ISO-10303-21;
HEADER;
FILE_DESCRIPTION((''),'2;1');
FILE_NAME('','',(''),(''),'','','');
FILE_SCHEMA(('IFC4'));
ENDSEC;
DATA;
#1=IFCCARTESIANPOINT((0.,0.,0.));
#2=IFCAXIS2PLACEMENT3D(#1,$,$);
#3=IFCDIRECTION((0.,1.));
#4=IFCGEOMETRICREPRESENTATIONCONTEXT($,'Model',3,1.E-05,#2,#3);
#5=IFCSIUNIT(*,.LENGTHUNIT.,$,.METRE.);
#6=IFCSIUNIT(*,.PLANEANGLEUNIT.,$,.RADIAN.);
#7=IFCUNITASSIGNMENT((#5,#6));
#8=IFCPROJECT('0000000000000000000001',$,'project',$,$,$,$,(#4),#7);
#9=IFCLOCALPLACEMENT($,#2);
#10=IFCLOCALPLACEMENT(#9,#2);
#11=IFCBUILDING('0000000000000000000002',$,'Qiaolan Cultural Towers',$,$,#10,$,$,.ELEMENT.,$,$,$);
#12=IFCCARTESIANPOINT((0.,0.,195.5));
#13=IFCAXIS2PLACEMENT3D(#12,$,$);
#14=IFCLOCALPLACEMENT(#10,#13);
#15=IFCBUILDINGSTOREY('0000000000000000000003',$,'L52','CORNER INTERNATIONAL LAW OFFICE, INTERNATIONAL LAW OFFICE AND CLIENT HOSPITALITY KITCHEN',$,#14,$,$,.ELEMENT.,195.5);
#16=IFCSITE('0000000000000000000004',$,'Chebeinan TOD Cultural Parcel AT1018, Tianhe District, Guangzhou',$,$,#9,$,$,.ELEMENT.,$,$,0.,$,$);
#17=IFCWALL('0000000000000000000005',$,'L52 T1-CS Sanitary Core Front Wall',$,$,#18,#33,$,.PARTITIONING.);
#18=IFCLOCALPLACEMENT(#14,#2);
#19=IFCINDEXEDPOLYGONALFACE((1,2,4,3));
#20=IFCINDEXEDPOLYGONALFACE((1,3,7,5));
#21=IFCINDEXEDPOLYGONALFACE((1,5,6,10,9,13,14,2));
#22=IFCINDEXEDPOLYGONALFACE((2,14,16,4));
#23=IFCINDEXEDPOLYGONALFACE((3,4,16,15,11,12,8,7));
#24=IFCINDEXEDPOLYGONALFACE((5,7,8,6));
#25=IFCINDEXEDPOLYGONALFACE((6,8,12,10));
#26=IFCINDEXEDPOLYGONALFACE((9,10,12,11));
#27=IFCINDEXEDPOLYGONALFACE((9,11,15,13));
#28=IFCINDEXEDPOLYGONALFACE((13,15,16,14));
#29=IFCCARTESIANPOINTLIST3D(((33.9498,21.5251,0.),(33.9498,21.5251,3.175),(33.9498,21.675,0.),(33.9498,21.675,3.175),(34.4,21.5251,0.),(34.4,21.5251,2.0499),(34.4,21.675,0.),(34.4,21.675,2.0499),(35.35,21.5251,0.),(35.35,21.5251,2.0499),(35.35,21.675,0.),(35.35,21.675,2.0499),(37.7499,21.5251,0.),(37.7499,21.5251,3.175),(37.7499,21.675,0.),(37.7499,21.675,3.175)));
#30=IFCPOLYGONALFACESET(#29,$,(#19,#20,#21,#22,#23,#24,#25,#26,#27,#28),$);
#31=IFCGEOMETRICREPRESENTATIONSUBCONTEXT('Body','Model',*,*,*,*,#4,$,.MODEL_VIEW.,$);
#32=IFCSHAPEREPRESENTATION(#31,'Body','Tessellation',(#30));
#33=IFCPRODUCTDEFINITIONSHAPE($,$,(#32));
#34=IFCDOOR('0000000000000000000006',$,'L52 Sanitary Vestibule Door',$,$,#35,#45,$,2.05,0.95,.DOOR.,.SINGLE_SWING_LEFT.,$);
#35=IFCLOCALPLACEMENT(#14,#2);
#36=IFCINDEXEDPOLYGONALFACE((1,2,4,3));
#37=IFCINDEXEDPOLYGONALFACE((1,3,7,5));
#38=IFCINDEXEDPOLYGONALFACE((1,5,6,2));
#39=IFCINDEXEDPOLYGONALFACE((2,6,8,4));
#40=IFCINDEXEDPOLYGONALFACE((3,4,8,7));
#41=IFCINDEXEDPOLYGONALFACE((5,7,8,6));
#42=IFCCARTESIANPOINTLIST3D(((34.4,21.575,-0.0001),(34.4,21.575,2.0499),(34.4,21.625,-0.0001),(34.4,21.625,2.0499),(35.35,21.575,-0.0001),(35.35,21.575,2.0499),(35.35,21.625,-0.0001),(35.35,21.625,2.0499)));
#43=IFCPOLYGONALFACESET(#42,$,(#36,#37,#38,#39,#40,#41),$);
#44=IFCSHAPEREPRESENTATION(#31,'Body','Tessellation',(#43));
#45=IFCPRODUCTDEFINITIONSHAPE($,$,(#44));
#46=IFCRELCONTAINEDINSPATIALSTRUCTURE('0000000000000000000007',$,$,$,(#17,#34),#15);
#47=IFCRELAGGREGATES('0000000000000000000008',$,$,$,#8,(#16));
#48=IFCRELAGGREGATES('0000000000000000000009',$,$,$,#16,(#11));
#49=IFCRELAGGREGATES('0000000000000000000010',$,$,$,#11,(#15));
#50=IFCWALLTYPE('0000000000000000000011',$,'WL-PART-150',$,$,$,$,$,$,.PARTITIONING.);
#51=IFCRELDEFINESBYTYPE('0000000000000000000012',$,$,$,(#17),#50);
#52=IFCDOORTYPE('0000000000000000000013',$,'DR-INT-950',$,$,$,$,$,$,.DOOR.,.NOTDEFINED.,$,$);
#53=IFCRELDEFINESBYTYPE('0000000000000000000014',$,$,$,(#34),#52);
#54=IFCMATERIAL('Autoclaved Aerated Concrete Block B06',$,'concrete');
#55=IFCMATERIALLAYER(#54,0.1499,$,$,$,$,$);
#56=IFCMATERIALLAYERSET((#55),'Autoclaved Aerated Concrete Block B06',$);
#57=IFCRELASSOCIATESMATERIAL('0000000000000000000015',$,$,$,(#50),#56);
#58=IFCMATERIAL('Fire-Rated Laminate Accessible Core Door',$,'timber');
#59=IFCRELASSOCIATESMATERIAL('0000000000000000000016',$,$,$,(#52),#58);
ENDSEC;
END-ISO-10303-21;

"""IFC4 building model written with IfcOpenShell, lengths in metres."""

from ifc_helpers import new_model, si_unit, direction, frame, frame_2d, origin, place, context, subcontext, project, spatial, rectangle, extrude, material, layer, layer_set, type_object, element, fill, save


model = new_model("IFC4")

# Units and contexts
model_context = context("Model", 3, precision=1e-05, world=origin(), true_north=direction((0.0, 1.0)))
body_context = subcontext(model_context, "Body", "Model", "MODEL_VIEW")
ifc_project = project(units=[si_unit("LENGTHUNIT", "METRE"), si_unit("PLANEANGLEUNIT", "RADIAN")], contexts=[model_context])

# Site, building, storey
site_placement = place(None, origin())
site = spatial("IfcSite", under=ifc_project, at=site_placement, Name="Chebeinan TOD Cultural Parcel AT1018, Tianhe District, Guangzhou", CompositionType="ELEMENT", RefElevation=0.0)
building_placement = place(site_placement, origin())
building = spatial("IfcBuilding", under=site, at=building_placement, Name="Qiaolan Cultural Towers", CompositionType="ELEMENT")
storey_placement = place(building_placement, frame((0.0, 0.0, 195.5)))
storey = spatial("IfcBuildingStorey", under=building, at=storey_placement, Name="L52", Description="CORNER INTERNATIONAL LAW OFFICE, INTERNATIONAL LAW OFFICE AND CLIENT HOSPITALITY KITCHEN", CompositionType="ELEMENT", Elevation=195.5)

# Wall, opening, door
ifc_material_1 = material(Name="Autoclaved Aerated Concrete Block B06", Category="concrete")
ifc_layer_1 = layer(ifc_material_1, 0.1499)
ifc_layer_set_1 = layer_set([ifc_layer_1], Name="Autoclaved Aerated Concrete Block B06")
wall_type_1 = type_object("IfcWallType", Name="WL-PART-150", PredefinedType="PARTITIONING", material=ifc_layer_set_1)
wall_1_placement = place(storey_placement, frame((33.95, 21.6001, 0.0), z_axis=(0.0, 0.0, 1.0), x_axis=(1.0, 0.0, 0.0)))
wall_1 = element("IfcWall", 1, at=wall_1_placement, inside=storey, type_object=wall_type_1, Name="L52 T1-CS Sanitary Core Front Wall", PredefinedType="PARTITIONING", context=body_context, shape_type="SweptSolid", body=[
    extrude(rectangle(XDim=3.8, YDim=0.1499, at=frame_2d((1.8999, 0.0))), origin(), (0.0, 0.0, 1.0), 3.175),
])
opening_1_placement = place(wall_1_placement, frame((0.45, 0.0, 0.0)))
opening_1 = element("IfcOpeningElement", 2, at=opening_1_placement, cuts=wall_1, PredefinedType="OPENING", context=body_context, shape_type="SweptSolid", body=[
    extrude(rectangle(XDim=0.95, YDim=2.05, at=frame_2d((0.4751, 1.0249))), frame((0.0, 0.085, 0.0), z_axis=(0.0, -1.0, 0.0), x_axis=(1.0, 0.0, 0.0)), (0.0, 0.0, 1.0), 0.1699),
])
ifc_material_2 = material(Name="Fire-Rated Laminate Accessible Core Door", Category="timber")
door_type_1 = type_object("IfcDoorType", Name="DR-INT-950", OperationType="NOTDEFINED", PredefinedType="DOOR", material=ifc_material_2)
door_1_placement = place(opening_1_placement, origin())
door_1 = element("IfcDoor", 3, at=door_1_placement, inside=storey, type_object=door_type_1, Name="L52 Sanitary Vestibule Door", OperationType="SINGLE_SWING_LEFT", OverallHeight=2.05, OverallWidth=0.95, PredefinedType="DOOR", context=body_context, shape_type="SweptSolid", body=[
    extrude(rectangle(XDim=0.95, YDim=2.05, at=frame_2d((0.4751, 1.0249))), frame((0.0, 0.0249, 0.0), z_axis=(0.0, -1.0, 0.0), x_axis=(1.0, 0.0, 0.0)), (0.0, 0.0, 1.0), 0.05),
])
fill(opening_1, door_1)

save(model, "model.ifc")
